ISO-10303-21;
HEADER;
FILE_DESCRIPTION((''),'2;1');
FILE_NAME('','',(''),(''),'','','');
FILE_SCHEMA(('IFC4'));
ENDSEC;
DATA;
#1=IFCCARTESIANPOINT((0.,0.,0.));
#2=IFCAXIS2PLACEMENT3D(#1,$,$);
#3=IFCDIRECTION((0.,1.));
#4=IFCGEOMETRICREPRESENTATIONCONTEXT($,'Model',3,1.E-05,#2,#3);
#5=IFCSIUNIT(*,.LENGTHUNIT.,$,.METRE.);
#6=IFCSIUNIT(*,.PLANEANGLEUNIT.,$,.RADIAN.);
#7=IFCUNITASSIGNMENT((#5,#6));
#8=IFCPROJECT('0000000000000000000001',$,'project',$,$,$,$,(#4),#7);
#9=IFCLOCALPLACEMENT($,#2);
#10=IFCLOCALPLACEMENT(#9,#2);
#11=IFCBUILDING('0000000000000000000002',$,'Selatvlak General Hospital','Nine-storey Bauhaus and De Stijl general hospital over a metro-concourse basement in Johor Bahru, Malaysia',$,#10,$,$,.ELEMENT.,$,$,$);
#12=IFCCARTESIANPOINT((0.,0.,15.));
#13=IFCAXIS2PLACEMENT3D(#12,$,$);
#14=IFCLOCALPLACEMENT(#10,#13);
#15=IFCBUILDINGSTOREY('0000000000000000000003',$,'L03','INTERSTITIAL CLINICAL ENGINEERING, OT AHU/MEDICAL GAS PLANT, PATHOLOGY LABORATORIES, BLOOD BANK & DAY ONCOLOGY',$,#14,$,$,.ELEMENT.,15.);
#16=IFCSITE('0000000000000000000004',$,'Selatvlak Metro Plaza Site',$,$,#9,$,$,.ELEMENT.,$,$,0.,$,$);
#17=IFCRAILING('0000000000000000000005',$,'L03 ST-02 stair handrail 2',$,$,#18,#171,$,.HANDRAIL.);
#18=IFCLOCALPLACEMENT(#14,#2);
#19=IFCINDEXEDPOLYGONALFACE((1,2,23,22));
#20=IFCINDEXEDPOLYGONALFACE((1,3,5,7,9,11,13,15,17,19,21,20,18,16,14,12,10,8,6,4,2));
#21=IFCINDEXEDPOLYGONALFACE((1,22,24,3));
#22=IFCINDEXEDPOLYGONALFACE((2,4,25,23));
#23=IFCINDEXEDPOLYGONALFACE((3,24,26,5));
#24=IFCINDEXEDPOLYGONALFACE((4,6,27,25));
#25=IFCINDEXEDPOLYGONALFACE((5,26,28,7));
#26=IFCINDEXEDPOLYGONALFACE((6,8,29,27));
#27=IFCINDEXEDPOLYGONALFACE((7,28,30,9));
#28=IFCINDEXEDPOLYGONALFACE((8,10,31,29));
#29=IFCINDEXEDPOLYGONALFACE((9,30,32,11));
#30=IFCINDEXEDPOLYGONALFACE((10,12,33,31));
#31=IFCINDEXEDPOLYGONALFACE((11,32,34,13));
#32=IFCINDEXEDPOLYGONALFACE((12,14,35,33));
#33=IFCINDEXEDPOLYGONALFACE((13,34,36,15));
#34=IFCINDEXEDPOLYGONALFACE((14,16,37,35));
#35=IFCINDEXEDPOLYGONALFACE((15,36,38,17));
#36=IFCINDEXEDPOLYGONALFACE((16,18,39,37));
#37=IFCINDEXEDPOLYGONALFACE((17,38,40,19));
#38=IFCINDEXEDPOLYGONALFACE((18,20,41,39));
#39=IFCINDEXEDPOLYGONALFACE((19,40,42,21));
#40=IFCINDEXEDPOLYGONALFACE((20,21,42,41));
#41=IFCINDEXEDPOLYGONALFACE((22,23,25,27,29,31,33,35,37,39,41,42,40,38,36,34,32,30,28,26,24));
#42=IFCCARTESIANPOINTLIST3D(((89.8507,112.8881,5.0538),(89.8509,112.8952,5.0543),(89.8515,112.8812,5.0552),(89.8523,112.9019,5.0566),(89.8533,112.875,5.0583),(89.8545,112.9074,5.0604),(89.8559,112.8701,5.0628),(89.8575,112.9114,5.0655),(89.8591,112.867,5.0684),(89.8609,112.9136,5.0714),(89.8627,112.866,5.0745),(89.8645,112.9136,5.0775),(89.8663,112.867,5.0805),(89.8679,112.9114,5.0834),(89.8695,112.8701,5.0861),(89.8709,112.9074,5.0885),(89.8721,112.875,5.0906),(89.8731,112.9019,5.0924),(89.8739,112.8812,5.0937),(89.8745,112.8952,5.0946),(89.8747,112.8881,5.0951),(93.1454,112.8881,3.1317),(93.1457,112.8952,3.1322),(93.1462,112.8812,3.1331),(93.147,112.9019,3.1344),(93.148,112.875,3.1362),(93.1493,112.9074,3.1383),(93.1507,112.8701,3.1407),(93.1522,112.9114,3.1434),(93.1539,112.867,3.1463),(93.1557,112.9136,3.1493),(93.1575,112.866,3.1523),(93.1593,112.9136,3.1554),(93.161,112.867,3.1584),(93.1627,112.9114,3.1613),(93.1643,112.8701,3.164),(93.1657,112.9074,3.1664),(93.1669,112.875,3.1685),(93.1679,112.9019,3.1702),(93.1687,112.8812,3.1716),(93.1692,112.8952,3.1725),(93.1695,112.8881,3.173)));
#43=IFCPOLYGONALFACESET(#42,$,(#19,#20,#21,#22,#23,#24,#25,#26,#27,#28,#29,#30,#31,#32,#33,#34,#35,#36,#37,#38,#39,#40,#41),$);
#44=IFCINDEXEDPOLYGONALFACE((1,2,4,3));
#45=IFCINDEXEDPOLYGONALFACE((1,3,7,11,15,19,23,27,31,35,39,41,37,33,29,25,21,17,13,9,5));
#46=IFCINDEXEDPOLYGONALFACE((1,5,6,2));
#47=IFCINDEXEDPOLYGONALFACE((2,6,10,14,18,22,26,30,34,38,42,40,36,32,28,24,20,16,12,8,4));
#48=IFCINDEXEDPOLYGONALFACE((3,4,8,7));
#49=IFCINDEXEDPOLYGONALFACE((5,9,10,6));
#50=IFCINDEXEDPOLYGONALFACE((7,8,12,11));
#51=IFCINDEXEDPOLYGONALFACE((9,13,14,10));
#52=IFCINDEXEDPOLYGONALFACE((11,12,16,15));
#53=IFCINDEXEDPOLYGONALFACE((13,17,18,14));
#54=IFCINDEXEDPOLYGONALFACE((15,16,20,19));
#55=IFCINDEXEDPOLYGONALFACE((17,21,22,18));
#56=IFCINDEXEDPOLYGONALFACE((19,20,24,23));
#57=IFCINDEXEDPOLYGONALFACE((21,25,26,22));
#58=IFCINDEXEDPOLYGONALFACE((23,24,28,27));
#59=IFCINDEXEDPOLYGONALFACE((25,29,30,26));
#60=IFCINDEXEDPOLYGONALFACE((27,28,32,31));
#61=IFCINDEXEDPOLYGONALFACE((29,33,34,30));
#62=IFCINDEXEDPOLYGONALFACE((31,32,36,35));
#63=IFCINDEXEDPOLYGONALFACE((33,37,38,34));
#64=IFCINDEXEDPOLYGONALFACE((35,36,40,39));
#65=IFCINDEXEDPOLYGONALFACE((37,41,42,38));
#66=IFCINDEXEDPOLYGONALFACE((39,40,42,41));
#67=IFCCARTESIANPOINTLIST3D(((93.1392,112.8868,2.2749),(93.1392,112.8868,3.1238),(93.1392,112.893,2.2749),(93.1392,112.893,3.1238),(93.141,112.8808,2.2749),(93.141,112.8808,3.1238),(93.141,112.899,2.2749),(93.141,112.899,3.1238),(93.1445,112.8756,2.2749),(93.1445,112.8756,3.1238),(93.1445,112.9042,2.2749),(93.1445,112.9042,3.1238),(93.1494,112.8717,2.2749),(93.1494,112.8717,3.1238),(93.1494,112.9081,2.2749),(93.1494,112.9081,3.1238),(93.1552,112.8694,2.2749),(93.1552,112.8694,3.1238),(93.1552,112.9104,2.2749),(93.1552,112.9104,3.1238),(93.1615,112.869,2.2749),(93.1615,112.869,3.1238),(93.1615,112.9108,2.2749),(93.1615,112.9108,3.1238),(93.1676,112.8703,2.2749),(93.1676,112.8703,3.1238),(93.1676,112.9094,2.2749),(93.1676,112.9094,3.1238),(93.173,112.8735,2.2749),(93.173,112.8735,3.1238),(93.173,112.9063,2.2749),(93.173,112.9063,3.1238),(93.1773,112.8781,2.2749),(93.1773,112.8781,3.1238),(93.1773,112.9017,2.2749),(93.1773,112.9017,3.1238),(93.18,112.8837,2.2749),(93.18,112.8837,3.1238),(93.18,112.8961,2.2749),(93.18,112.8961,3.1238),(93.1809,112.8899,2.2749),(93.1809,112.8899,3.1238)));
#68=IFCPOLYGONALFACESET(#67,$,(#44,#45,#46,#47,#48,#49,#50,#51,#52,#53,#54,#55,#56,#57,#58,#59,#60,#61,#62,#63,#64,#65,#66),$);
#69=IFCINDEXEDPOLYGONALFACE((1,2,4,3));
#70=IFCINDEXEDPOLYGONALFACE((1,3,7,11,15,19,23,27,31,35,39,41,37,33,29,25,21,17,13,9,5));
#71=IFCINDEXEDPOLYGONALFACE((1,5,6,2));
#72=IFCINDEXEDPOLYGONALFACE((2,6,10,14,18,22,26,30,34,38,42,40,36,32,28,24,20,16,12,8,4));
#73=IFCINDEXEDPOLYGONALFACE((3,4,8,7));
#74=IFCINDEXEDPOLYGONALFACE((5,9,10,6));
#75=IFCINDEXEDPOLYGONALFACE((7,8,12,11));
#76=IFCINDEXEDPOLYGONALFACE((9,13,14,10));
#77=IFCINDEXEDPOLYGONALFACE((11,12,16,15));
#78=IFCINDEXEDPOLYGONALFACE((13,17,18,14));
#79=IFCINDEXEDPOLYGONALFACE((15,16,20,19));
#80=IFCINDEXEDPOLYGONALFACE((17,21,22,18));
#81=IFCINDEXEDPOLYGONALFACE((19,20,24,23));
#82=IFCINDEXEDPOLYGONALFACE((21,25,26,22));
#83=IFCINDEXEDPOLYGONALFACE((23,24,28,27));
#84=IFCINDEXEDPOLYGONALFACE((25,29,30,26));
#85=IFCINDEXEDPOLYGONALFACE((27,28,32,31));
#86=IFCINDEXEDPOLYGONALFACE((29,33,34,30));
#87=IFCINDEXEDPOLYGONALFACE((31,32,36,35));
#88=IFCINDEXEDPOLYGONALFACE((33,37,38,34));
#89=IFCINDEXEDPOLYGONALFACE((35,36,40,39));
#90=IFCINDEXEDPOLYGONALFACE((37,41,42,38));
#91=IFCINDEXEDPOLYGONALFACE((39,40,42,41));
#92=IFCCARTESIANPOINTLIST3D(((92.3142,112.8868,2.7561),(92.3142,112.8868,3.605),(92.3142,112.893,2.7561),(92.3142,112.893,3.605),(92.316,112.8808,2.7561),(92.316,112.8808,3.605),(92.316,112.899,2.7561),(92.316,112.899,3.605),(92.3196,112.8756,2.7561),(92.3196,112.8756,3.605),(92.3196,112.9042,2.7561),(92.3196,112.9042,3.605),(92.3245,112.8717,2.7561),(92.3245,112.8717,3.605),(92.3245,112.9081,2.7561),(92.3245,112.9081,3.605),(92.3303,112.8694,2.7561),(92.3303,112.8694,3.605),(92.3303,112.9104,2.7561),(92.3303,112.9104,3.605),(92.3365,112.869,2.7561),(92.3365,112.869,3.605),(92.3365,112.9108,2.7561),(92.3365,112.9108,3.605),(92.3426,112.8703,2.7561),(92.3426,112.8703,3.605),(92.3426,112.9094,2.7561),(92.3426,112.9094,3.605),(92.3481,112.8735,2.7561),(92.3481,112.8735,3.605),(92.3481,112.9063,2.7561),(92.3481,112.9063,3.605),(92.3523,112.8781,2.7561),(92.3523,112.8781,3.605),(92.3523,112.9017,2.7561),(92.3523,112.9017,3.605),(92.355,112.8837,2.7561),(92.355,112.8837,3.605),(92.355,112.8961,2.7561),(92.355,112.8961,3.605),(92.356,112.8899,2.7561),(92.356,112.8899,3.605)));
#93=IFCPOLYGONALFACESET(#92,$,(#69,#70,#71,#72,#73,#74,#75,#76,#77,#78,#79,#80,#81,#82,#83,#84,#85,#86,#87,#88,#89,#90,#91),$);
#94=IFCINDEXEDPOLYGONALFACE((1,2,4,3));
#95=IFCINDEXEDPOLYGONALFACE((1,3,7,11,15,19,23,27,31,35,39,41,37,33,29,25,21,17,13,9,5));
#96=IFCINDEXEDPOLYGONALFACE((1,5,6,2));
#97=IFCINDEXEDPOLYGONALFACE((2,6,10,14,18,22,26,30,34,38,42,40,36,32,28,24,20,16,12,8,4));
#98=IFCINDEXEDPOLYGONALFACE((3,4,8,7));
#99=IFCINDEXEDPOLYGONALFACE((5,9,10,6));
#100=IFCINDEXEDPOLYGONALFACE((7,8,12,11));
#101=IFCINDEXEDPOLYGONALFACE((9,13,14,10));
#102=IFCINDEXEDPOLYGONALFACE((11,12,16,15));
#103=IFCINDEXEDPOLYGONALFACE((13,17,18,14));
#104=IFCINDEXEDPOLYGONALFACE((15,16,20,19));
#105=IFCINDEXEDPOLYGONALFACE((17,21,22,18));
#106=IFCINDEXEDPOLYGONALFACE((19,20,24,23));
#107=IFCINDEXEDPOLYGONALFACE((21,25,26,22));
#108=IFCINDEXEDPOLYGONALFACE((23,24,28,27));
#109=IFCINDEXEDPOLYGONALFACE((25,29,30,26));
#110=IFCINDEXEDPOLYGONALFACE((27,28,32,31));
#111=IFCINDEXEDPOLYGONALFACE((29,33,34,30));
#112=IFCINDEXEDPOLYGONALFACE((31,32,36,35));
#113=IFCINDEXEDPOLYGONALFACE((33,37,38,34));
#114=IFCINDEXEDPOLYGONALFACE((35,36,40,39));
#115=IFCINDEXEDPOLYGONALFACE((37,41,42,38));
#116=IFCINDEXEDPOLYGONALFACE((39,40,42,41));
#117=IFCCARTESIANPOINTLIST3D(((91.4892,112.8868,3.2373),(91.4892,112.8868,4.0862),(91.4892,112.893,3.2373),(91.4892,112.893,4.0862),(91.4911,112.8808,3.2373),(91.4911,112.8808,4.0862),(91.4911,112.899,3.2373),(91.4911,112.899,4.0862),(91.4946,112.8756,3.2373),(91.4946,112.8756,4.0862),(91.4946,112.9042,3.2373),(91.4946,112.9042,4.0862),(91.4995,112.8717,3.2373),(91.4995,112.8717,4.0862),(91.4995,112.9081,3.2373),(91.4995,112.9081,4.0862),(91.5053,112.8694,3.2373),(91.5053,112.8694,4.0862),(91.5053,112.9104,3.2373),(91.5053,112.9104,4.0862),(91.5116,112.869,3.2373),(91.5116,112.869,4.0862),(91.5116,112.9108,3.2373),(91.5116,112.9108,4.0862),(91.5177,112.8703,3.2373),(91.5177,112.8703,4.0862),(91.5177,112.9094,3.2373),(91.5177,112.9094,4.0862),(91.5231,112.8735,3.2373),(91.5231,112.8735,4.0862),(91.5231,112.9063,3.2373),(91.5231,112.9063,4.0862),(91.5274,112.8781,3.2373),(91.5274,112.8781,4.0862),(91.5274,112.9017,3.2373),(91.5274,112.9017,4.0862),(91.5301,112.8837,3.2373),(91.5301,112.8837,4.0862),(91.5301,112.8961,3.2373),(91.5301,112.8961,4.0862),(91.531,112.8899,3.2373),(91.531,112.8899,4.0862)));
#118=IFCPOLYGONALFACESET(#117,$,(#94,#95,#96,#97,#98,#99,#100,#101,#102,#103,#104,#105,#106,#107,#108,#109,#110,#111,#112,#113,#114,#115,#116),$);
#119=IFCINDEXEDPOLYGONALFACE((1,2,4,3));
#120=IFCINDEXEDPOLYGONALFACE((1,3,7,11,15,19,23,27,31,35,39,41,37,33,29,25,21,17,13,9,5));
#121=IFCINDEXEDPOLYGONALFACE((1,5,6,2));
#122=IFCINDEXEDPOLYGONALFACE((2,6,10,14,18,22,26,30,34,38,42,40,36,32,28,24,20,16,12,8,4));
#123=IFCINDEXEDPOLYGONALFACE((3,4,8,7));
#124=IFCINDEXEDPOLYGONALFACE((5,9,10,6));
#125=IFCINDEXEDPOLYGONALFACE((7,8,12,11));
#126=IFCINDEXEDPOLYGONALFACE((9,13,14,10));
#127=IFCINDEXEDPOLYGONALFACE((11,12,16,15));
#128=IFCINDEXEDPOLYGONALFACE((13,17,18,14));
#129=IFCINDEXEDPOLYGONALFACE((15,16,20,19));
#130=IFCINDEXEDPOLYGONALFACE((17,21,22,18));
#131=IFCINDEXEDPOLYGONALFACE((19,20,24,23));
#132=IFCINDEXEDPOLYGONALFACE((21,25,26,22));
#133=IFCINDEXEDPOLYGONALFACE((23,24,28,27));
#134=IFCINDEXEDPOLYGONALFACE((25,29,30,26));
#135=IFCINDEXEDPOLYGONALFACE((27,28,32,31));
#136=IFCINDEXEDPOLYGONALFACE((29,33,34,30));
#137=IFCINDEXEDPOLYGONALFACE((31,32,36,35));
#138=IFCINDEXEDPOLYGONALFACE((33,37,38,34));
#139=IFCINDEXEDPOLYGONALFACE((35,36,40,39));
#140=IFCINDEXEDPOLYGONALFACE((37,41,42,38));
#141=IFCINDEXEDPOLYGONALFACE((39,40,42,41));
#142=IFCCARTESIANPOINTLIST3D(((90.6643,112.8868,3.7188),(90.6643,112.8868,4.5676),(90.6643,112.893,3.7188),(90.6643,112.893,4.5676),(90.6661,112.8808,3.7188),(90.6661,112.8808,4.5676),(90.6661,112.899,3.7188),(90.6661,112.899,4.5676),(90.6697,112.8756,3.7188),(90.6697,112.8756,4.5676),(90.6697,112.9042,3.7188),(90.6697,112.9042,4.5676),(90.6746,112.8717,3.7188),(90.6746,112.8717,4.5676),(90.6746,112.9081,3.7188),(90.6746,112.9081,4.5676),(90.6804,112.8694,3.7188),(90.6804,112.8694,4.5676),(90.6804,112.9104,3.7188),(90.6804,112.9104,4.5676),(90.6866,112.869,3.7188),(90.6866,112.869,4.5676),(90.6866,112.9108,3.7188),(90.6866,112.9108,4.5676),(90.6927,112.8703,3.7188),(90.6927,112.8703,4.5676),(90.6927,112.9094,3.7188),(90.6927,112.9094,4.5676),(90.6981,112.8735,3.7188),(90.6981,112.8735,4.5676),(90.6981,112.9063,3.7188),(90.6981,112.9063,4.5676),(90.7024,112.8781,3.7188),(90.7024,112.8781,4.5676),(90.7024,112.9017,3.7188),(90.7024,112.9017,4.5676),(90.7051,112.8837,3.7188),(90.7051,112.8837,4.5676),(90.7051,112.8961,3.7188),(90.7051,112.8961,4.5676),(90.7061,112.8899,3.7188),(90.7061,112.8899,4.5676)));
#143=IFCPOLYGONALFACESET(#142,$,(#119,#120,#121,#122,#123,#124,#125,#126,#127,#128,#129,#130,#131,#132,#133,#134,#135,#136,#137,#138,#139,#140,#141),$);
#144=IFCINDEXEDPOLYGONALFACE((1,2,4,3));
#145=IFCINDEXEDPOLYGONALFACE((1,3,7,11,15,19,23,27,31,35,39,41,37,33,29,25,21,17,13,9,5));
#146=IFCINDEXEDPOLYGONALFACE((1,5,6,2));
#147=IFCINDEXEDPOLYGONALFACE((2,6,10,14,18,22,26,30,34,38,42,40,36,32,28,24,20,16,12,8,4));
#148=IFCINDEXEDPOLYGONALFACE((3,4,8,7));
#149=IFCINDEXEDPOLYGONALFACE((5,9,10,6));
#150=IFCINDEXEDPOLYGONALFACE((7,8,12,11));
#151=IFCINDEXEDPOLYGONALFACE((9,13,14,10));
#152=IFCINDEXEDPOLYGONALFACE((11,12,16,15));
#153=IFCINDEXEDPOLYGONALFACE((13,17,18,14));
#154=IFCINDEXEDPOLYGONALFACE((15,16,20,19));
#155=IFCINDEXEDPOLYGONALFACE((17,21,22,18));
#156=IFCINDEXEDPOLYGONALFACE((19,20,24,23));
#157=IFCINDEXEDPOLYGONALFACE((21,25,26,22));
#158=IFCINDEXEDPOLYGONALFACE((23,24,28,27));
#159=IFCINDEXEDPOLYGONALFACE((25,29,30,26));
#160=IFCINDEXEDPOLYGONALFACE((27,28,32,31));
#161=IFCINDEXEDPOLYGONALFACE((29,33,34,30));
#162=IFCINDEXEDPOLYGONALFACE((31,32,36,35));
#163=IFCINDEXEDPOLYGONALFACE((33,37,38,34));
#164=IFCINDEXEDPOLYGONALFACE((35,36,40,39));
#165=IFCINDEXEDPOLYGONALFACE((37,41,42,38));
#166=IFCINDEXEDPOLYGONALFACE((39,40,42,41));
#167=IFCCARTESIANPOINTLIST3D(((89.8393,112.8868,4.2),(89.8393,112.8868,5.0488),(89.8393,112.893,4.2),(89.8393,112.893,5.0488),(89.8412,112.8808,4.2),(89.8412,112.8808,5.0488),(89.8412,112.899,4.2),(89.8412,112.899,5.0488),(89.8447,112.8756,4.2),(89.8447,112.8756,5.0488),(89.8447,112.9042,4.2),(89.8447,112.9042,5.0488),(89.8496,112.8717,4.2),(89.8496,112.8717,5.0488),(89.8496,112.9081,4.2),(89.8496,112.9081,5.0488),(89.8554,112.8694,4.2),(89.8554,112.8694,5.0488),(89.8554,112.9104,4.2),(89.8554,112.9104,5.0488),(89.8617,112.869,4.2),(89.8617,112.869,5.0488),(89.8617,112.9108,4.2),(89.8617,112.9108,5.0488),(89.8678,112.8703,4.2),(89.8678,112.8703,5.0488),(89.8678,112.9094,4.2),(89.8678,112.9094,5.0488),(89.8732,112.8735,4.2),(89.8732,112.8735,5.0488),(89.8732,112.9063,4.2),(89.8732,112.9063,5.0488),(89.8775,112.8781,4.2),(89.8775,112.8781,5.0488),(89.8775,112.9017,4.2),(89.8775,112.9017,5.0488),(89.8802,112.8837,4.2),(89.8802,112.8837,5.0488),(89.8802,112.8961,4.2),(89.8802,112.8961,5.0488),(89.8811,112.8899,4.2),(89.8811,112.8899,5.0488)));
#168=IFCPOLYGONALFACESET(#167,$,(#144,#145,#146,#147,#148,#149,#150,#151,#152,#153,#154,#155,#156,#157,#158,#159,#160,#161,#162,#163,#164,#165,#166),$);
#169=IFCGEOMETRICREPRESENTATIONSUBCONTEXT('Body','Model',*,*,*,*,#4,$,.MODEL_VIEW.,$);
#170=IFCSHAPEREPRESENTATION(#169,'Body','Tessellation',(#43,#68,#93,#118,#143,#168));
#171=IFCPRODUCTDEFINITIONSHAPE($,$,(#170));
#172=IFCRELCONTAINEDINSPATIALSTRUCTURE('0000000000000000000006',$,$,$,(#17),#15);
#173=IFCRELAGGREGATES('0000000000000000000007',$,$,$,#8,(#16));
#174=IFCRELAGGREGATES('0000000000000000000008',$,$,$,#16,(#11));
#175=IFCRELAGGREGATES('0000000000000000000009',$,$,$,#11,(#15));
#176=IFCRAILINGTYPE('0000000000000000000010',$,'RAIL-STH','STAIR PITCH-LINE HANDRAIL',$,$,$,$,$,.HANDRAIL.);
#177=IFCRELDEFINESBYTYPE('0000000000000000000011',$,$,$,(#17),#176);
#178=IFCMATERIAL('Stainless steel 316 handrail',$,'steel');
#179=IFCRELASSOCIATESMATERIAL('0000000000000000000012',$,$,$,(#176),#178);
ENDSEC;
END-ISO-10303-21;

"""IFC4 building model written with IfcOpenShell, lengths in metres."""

from ifc_helpers import new_model, si_unit, direction, frame, origin, origin_2d, place, context, subcontext, project, spatial, circle, extrude, material, type_object, element, save


model = new_model("IFC4")

# Units and contexts
model_context = context("Model", 3, precision=1e-05, world=origin(), true_north=direction((0.0, 1.0)))
body_context = subcontext(model_context, "Body", "Model", "MODEL_VIEW")
ifc_project = project(units=[si_unit("LENGTHUNIT", "METRE"), si_unit("PLANEANGLEUNIT", "RADIAN")], contexts=[model_context])

# Site, building, storey
site_placement = place(None, origin())
site = spatial("IfcSite", under=ifc_project, at=site_placement, Name="Selatvlak Metro Plaza Site", CompositionType="ELEMENT", RefElevation=0.0)
building_placement = place(site_placement, origin())
building = spatial("IfcBuilding", under=site, at=building_placement, Name="Selatvlak General Hospital", Description="Nine-storey Bauhaus and De Stijl general hospital over a metro-concourse basement in Johor Bahru, Malaysia", CompositionType="ELEMENT")
storey_placement = place(building_placement, frame((0.0, 0.0, 15.0)))
storey = spatial("IfcBuildingStorey", under=building, at=storey_placement, Name="L03", Description="INTERSTITIAL CLINICAL ENGINEERING, OT AHU/MEDICAL GAS PLANT, PATHOLOGY LABORATORIES, BLOOD BANK & DAY ONCOLOGY", CompositionType="ELEMENT", Elevation=15.0)

# Railing
ifc_material_1 = material(Name="Stainless steel 316 handrail", Category="steel")
railing_type_1 = type_object("IfcRailingType", Name="RAIL-STH", Description="STAIR PITCH-LINE HANDRAIL", PredefinedType="HANDRAIL", material=ifc_material_1)
railing_1_placement = place(storey_placement, frame((93.1599, 112.8899, 2.2749)))
element("IfcRailing", 1, at=railing_1_placement, inside=storey, type_object=railing_type_1, Name="L03 ST-02 stair handrail 2", PredefinedType="HANDRAIL", context=body_context, shape_type="SweptSolid", body=[
    extrude(circle(Radius=0.0239, at=origin_2d()), frame((-0.0024, 0.0, 0.8774), z_axis=(-0.86376, 0.0, 0.503903), x_axis=(0.0, -1.0, 0.0)), (0.0, 0.0, 1.0), 3.8145),
    extrude(circle(Radius=0.021, at=origin_2d()), origin(), (0.0, 0.0, 1.0), 0.8489),
    extrude(circle(Radius=0.021, at=origin_2d()), frame((-0.825, 0.0, 0.4812)), (0.0, 0.0, 1.0), 0.8489),
    extrude(circle(Radius=0.021, at=origin_2d()), frame((-1.6499, 0.0, 0.9624)), (0.0, 0.0, 1.0), 0.8489),
    extrude(circle(Radius=0.021, at=origin_2d()), frame((-2.4749, 0.0, 1.4438)), (0.0, 0.0, 1.0), 0.8489),
    extrude(circle(Radius=0.021, at=origin_2d()), frame((-3.2998, 0.0, 1.925)), (0.0, 0.0, 1.0), 0.8489),
])

save(model, "model.ifc")
